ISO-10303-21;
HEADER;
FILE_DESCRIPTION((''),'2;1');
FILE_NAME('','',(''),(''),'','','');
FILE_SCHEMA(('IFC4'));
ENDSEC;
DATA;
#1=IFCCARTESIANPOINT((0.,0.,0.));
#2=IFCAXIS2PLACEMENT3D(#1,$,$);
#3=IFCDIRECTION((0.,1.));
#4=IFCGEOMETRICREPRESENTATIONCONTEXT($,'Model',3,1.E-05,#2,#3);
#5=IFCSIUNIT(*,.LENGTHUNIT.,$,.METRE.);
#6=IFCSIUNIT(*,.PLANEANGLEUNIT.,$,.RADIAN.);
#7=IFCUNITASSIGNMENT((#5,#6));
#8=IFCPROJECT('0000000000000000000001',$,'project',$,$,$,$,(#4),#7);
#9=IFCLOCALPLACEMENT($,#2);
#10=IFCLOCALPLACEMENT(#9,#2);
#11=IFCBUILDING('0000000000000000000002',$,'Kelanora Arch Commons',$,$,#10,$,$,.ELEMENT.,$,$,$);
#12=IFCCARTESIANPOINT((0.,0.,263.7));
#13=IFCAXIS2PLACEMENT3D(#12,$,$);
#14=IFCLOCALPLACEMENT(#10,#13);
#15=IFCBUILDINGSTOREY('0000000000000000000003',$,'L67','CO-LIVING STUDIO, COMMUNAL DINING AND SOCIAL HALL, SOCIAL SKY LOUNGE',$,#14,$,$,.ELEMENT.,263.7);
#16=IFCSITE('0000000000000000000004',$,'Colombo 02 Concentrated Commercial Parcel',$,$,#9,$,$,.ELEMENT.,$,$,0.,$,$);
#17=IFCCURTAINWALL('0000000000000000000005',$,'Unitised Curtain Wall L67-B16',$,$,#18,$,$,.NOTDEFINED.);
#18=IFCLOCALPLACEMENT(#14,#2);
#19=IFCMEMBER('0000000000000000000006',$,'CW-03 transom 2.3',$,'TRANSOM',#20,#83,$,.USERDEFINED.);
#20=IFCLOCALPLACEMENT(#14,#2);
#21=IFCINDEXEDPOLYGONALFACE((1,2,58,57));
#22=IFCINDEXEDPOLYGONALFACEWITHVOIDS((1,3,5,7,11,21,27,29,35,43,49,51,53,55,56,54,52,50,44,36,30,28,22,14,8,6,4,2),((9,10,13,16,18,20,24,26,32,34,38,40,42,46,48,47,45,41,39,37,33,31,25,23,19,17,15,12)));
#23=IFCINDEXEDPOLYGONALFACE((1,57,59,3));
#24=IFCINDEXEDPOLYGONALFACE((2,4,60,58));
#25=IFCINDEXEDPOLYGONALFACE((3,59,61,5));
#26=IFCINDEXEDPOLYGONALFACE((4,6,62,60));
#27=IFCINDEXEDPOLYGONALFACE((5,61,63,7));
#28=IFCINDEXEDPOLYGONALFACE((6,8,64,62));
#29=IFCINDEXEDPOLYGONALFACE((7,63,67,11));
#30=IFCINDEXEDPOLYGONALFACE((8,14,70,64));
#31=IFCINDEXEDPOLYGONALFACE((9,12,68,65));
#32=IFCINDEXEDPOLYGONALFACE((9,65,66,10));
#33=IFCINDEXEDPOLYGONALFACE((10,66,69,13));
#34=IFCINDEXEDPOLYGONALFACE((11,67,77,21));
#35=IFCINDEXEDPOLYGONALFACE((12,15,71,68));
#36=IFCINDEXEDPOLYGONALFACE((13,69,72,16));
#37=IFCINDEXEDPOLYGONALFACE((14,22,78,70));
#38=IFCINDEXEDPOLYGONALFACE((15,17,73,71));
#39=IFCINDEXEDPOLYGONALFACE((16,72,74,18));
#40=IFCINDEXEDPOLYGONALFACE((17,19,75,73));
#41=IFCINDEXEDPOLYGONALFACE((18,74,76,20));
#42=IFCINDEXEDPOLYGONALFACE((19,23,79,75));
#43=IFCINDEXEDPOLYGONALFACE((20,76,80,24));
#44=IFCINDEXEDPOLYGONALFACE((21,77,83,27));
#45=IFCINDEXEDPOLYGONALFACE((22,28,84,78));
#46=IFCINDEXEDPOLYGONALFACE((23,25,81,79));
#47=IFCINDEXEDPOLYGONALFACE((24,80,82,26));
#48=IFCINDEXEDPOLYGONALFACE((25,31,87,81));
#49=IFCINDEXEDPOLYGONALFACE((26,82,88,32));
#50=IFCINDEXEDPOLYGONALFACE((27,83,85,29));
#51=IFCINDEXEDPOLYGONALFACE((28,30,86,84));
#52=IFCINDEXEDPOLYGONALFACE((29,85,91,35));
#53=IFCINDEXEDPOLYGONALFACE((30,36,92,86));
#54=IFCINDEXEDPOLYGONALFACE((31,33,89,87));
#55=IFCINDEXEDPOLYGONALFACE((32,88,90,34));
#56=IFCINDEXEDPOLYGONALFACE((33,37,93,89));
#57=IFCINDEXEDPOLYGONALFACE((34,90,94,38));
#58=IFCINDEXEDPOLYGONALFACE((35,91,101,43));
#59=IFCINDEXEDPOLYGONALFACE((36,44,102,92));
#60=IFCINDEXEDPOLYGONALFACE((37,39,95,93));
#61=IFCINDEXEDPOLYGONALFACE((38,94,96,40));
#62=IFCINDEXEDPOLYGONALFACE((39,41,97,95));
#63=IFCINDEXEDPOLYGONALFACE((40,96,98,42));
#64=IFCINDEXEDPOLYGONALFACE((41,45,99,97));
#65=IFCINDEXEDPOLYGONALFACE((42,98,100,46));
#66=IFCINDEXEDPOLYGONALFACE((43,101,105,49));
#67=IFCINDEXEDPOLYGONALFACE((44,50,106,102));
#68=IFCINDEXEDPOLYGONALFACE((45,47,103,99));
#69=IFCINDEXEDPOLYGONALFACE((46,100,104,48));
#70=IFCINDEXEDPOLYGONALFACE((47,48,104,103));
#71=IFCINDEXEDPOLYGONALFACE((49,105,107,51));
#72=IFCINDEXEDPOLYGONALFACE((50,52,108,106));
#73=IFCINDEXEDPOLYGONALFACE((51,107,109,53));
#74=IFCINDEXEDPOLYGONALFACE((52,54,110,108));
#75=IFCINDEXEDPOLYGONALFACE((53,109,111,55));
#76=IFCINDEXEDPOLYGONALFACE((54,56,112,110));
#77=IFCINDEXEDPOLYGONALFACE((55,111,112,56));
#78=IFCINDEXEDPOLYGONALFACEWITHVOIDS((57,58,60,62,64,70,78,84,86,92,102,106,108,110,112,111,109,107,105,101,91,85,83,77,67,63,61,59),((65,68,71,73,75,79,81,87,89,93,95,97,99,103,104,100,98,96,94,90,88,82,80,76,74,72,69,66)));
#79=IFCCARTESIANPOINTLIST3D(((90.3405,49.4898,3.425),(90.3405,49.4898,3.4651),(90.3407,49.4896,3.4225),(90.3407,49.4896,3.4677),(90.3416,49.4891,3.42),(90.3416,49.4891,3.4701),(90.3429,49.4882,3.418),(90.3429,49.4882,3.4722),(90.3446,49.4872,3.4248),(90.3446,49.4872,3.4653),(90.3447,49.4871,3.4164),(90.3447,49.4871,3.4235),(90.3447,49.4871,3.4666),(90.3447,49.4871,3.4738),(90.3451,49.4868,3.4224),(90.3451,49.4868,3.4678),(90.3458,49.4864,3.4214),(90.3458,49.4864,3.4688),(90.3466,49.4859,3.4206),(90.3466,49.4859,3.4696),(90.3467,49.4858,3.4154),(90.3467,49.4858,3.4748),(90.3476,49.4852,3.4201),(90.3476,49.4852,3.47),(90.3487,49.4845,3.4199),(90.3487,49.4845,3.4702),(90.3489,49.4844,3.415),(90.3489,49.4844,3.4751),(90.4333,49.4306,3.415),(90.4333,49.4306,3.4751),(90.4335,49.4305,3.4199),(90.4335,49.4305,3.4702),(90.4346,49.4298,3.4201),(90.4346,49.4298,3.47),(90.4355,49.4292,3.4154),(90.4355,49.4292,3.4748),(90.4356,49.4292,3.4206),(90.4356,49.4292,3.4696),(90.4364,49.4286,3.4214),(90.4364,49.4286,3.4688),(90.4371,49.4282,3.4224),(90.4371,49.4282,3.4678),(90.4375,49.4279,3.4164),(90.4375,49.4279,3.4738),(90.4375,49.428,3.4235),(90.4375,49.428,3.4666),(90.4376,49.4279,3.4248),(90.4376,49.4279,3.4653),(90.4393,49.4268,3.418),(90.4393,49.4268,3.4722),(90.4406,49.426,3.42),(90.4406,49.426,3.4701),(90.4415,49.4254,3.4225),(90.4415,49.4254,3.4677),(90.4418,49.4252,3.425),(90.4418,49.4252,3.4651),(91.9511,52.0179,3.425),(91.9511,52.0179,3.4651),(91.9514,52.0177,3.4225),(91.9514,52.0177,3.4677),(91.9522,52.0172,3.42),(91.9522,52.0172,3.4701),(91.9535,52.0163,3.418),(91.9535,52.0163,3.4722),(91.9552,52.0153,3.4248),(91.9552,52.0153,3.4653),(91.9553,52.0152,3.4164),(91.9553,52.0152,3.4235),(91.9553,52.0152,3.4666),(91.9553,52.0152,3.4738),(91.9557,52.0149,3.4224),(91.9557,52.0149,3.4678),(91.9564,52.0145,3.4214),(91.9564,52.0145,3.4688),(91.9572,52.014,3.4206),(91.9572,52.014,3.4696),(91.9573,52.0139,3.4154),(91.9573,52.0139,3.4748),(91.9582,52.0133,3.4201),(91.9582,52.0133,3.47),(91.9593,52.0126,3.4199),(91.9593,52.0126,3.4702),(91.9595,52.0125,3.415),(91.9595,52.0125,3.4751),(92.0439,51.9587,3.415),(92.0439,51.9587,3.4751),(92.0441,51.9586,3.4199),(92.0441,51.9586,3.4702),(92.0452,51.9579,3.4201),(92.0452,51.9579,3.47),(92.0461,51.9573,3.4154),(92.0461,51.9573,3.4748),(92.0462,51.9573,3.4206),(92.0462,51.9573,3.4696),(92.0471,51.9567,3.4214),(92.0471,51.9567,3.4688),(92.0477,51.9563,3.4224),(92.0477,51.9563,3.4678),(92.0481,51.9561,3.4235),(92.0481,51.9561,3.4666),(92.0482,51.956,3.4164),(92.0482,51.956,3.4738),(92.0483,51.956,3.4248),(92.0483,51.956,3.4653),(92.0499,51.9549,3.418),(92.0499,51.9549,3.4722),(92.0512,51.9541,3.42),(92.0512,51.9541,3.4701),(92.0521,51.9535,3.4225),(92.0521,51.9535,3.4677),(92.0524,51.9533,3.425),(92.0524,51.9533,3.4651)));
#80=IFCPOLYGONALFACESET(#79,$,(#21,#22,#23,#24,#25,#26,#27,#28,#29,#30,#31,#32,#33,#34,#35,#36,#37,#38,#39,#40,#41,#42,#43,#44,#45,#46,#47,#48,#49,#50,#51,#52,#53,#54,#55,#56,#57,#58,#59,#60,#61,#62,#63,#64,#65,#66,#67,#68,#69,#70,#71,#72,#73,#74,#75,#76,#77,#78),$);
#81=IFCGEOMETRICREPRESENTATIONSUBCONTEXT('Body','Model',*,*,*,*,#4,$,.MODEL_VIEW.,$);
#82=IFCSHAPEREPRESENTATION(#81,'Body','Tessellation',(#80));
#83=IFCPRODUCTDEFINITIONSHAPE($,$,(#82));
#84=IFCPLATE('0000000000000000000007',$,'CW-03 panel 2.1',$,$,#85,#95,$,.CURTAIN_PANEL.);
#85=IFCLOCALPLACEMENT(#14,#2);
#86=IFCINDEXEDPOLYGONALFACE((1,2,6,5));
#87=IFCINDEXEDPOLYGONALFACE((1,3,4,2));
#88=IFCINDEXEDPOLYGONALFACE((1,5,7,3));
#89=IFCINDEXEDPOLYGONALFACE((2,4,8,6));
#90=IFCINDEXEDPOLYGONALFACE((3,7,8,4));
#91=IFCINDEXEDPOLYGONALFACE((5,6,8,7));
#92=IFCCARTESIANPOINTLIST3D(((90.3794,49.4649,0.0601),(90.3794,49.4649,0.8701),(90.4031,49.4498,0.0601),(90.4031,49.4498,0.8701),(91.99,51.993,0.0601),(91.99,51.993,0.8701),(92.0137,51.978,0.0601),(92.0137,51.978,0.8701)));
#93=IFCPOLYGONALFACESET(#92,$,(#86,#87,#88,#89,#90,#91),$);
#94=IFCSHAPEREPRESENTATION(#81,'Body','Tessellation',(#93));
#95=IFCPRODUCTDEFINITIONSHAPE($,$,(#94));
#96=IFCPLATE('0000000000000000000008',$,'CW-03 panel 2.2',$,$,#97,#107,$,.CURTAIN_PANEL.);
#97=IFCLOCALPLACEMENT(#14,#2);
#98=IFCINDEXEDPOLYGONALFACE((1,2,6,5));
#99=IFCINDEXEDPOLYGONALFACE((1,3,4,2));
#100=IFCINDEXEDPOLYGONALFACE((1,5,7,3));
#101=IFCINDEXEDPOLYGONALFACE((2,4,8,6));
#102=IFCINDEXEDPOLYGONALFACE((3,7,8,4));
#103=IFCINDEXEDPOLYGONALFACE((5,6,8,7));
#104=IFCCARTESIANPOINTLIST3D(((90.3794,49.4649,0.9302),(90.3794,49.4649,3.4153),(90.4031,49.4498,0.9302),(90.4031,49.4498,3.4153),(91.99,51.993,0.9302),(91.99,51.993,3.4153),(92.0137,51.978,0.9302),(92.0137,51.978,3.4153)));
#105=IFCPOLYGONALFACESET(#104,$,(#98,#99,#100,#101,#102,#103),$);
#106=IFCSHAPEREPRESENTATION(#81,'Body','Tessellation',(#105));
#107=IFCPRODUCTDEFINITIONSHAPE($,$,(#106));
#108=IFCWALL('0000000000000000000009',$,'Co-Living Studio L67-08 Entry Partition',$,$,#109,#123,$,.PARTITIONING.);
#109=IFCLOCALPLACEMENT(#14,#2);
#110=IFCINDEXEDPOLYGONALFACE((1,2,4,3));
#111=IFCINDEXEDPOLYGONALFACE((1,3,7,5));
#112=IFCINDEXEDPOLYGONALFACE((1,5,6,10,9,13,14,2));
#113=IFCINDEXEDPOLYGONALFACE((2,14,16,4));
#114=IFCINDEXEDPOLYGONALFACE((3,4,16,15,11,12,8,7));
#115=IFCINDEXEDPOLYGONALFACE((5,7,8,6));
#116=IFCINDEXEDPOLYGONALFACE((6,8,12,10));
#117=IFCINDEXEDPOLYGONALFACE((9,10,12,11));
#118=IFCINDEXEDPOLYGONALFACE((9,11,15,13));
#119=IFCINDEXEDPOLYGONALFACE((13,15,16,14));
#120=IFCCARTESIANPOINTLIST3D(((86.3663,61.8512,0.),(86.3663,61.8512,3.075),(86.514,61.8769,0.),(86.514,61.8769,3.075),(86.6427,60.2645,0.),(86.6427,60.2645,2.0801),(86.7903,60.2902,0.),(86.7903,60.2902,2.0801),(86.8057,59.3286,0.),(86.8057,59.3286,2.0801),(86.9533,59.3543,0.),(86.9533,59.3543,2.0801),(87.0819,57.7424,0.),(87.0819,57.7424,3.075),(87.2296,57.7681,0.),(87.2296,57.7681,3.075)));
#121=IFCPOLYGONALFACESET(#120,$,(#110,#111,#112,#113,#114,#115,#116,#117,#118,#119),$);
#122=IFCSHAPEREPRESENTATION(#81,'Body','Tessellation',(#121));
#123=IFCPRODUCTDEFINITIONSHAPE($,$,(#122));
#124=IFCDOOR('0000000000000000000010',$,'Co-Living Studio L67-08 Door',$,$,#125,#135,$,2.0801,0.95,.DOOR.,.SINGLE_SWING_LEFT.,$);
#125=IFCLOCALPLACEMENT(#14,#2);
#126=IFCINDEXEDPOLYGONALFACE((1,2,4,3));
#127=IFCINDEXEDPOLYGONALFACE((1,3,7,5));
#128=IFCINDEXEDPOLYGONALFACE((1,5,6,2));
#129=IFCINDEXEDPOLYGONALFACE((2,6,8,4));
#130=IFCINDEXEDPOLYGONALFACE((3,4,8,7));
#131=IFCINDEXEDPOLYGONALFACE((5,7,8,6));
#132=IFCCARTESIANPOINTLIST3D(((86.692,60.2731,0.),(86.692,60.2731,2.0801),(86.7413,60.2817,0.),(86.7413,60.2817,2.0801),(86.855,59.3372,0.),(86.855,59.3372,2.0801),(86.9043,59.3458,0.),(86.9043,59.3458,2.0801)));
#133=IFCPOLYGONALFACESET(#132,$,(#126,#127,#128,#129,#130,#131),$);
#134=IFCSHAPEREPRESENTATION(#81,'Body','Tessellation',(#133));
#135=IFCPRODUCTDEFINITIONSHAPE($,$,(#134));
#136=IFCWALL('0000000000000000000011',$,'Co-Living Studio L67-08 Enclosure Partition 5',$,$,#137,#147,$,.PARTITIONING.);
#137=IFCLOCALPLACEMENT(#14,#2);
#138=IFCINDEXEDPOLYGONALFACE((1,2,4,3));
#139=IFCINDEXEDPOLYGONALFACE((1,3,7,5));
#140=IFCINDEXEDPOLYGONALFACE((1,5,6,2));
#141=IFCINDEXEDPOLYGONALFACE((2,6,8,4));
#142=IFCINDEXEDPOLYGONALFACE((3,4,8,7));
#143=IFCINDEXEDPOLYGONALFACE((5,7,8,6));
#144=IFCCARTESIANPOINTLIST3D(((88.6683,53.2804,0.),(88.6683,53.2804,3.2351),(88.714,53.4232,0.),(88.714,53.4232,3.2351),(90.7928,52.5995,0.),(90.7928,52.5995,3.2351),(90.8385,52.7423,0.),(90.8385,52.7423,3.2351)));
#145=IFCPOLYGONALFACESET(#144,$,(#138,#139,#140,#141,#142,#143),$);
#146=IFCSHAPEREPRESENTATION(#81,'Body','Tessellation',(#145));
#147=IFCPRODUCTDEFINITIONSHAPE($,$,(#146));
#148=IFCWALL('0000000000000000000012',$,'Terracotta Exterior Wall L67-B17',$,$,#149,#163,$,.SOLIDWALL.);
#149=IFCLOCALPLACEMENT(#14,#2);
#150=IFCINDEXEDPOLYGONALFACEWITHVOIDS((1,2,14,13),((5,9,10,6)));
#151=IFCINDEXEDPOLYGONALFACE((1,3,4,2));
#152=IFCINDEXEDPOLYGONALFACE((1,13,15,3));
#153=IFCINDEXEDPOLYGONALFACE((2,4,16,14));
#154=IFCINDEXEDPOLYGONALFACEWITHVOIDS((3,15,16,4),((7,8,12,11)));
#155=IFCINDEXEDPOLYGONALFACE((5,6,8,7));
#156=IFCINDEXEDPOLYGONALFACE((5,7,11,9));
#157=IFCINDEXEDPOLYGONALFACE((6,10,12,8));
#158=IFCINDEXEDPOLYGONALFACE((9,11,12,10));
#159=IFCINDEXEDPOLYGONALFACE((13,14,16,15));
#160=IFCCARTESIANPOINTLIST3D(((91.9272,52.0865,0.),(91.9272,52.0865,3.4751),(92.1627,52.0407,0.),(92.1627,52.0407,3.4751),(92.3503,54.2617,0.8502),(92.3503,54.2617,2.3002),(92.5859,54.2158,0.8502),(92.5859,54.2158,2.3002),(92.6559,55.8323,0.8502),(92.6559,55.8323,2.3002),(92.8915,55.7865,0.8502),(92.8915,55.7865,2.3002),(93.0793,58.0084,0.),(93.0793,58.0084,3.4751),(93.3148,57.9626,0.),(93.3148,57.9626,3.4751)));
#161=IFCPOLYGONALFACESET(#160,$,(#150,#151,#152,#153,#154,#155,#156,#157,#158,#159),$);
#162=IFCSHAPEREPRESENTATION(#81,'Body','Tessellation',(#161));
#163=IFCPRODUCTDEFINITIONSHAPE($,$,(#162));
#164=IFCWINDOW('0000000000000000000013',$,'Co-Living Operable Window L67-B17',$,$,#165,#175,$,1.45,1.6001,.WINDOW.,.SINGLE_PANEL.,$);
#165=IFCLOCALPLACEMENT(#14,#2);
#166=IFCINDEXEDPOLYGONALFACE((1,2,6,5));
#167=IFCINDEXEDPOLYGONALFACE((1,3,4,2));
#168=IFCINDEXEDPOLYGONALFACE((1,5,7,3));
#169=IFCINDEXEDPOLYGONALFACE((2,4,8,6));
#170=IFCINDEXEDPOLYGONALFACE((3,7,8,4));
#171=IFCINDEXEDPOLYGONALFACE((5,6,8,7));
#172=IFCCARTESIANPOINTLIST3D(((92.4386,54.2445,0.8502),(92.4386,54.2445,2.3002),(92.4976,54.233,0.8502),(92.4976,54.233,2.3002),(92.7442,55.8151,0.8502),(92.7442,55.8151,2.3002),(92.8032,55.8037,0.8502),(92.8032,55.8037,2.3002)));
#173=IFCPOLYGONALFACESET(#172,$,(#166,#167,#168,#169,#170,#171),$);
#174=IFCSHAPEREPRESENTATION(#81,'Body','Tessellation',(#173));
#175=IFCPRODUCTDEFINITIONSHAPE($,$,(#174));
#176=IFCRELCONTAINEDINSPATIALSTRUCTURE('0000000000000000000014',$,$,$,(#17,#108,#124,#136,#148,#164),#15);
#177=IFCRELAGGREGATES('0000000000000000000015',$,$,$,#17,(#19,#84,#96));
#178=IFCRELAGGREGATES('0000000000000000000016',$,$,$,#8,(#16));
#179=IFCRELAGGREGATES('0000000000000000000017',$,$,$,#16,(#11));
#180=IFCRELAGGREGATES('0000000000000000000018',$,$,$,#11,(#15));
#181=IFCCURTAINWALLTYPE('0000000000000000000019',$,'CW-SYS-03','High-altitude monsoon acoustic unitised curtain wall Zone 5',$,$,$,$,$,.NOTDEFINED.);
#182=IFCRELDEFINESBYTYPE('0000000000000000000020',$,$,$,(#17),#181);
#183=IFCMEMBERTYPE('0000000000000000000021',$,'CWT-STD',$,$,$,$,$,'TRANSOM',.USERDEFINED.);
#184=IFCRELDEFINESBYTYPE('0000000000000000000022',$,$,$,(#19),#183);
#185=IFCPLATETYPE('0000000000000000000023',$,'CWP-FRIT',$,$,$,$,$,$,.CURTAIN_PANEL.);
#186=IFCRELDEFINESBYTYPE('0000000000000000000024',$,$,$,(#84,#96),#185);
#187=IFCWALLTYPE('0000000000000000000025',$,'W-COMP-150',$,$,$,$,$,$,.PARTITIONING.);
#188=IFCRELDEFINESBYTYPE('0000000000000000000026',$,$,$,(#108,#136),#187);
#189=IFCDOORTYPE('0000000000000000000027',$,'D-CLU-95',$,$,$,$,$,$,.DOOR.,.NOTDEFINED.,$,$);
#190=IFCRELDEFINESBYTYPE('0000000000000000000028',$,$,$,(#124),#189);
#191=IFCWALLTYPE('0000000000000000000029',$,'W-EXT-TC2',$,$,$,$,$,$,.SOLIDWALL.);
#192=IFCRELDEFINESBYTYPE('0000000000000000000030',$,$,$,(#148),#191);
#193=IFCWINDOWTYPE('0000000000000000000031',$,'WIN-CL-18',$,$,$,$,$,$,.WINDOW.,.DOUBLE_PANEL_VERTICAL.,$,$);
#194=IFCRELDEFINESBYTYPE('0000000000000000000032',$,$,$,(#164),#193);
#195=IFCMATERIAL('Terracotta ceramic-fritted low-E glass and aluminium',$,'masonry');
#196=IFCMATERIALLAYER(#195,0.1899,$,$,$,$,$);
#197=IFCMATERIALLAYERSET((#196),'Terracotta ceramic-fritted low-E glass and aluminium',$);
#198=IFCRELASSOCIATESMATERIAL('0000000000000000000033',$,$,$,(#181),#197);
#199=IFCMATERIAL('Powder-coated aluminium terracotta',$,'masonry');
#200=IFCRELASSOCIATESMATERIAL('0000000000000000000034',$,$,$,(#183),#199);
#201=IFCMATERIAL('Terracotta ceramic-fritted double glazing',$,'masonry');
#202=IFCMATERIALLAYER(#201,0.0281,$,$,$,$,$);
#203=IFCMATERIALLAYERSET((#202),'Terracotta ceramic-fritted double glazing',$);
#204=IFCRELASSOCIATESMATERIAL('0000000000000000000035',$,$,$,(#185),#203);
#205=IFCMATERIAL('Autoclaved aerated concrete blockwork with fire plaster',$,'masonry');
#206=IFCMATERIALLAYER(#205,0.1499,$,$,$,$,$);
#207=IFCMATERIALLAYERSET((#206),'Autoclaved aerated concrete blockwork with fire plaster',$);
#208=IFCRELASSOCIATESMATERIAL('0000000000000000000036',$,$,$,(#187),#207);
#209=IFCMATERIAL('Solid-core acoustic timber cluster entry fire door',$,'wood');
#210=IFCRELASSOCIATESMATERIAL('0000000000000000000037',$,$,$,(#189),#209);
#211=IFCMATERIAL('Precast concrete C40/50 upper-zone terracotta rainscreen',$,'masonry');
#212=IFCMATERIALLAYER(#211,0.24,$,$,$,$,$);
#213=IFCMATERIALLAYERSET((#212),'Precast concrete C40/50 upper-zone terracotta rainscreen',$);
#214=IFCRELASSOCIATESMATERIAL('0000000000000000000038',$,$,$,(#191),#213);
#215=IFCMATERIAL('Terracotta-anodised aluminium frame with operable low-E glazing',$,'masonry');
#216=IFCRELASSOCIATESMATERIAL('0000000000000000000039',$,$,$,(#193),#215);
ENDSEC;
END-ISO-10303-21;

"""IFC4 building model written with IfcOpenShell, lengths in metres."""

from ifc_helpers import new_model, si_unit, direction, frame, frame_2d, origin, origin_2d, place, context, subcontext, project, spatial, rectangle, hollow_rectangle, extrude, source, transform, mapped, material, layer, layer_set, material_profile, profile_set, type_object, element, fill, aggregate, save


model = new_model("IFC4")

# Units and contexts
model_context = context("Model", 3, precision=1e-05, world=origin(), true_north=direction((0.0, 1.0)))
body_context = subcontext(model_context, "Body", "Model", "MODEL_VIEW")
ifc_project = project(units=[si_unit("LENGTHUNIT", "METRE"), si_unit("PLANEANGLEUNIT", "RADIAN")], contexts=[model_context])

# Site, building, storey
site_placement = place(None, origin())
site = spatial("IfcSite", under=ifc_project, at=site_placement, Name="Colombo 02 Concentrated Commercial Parcel", CompositionType="ELEMENT", RefElevation=0.0)
building_placement = place(site_placement, origin())
building = spatial("IfcBuilding", under=site, at=building_placement, Name="Kelanora Arch Commons", CompositionType="ELEMENT")
storey_placement = place(building_placement, frame((0.0, 0.0, 263.7)))
storey = spatial("IfcBuildingStorey", under=building, at=storey_placement, Name="L67", Description="CO-LIVING STUDIO, COMMUNAL DINING AND SOCIAL HALL, SOCIAL SKY LOUNGE", CompositionType="ELEMENT", Elevation=263.7)

# Curtain wall, member, plates
ifc_material_1 = material(Name="Terracotta ceramic-fritted low-E glass and aluminium", Category="masonry")
ifc_layer_1 = layer(ifc_material_1, 0.1899)
ifc_layer_set_1 = layer_set([ifc_layer_1], Name="Terracotta ceramic-fritted low-E glass and aluminium")
curtain_wall_type = type_object("IfcCurtainWallType", Name="CW-SYS-03", Description="High-altitude monsoon acoustic unitised curtain wall Zone 5", PredefinedType="NOTDEFINED", material=ifc_layer_set_1)
curtain_wall_placement = place(storey_placement, origin())
curtain_wall = element("IfcCurtainWall", 1, at=curtain_wall_placement, inside=storey, type_object=curtain_wall_type, Name="Unitised Curtain Wall L67-B16", PredefinedType="NOTDEFINED")
ifc_material_2 = material(Name="Powder-coated aluminium terracotta", Category="masonry")
ifc_material_profile_1 = material_profile(ifc_material_2, hollow_rectangle(XDim=0.1201, YDim=0.0601, WallThickness=0.0049, InnerFilletRadius=0.0049, OuterFilletRadius=0.01, at=origin_2d()), Name="CWT120x60")
ifc_profile_set_1 = profile_set([ifc_material_profile_1], Name="Powder-coated aluminium terracotta")
member_type_1 = type_object("IfcMemberType", Name="CWT-STD", ElementType="TRANSOM", PredefinedType="USERDEFINED", material=ifc_profile_set_1)
member_1_placement = place(storey_placement, frame((90.3911, 49.4575, 3.4451), z_axis=(0.537308, 0.843386, 0.0), x_axis=(-0.843386, 0.537308, 0.0)))
member_1 = element("IfcMember", 2, at=member_1_placement, type_object=member_type_1, Name="CW-03 transom 2.3", ObjectType="TRANSOM", PredefinedType="USERDEFINED", context=body_context, shape_type="SweptSolid", body=[
    extrude(hollow_rectangle(XDim=0.1201, YDim=0.0601, WallThickness=0.0049, InnerFilletRadius=0.0049, OuterFilletRadius=0.01, at=origin_2d()), origin(), (0.0, 0.0, 1.0), 2.9976),
])
ifc_material_3 = material(Name="Terracotta ceramic-fritted double glazing", Category="masonry")
ifc_layer_2 = layer(ifc_material_3, 0.0281)
ifc_layer_set_2 = layer_set([ifc_layer_2], Name="Terracotta ceramic-fritted double glazing")
plate_type = type_object("IfcPlateType", Name="CWP-FRIT", PredefinedType="CURTAIN_PANEL", material=ifc_layer_set_2)
shared_shape_1 = source(origin(), body_context, "Body", "SweptSolid", [
    extrude(rectangle(XDim=2.9976, YDim=0.0281, at=origin_2d()), origin(), (0.0, 0.0, 1.0), 0.8101),
])
plate_1_placement = place(storey_placement, frame((91.1965, 50.7214, 0.0601), z_axis=(0.0, 0.0, 1.0), x_axis=(0.5373, 0.843391, 0.0)))
plate_1 = element("IfcPlate", 3, at=plate_1_placement, type_object=plate_type, Name="CW-03 panel 2.1", PredefinedType="CURTAIN_PANEL", context=body_context, shape_type="MappedRepresentation", body=[
    mapped(shared_shape_1, transform((0.0, 0.0, 0.0), scale=1.0)),
])
shared_shape_2 = source(origin(), body_context, "Body", "SweptSolid", [
    extrude(rectangle(XDim=2.9976, YDim=0.0281, at=origin_2d()), origin(), (0.0, 0.0, 1.0), 2.4851),
])
plate_2_placement = place(storey_placement, frame((91.1965, 50.7214, 0.9302), z_axis=(0.0, 0.0, 1.0), x_axis=(0.5373, 0.843391, 0.0)))
plate_2 = element("IfcPlate", 4, at=plate_2_placement, type_object=plate_type, Name="CW-03 panel 2.2", PredefinedType="CURTAIN_PANEL", context=body_context, shape_type="MappedRepresentation", body=[
    mapped(shared_shape_2, transform((0.0, 0.0, 0.0), scale=1.0)),
])
aggregate(curtain_wall, [member_1, plate_1, plate_2])

# Wall, opening, door
ifc_material_4 = material(Name="Autoclaved aerated concrete blockwork with fire plaster", Category="masonry")
ifc_layer_3 = layer(ifc_material_4, 0.1499)
ifc_layer_set_3 = layer_set([ifc_layer_3], Name="Autoclaved aerated concrete blockwork with fire plaster")
wall_type_1 = type_object("IfcWallType", Name="W-COMP-150", PredefinedType="PARTITIONING", material=ifc_layer_set_3)
wall_1_placement = place(storey_placement, frame((87.1558, 57.7551, 0.0), z_axis=(0.0, 0.0, 1.0), x_axis=(-0.171571, 0.985172, 0.0)))
wall_1 = element("IfcWall", 5, at=wall_1_placement, inside=storey, type_object=wall_type_1, Name="Co-Living Studio L67-08 Entry Partition", PredefinedType="PARTITIONING", context=body_context, shape_type="SweptSolid", body=[
    extrude(rectangle(XDim=4.1707, YDim=0.1499, at=frame_2d((2.0854, 0.0))), origin(), (0.0, 0.0, 1.0), 3.075),
])
opening_1_placement = place(wall_1_placement, frame((1.6101, 0.0, 0.0)))
opening_1 = element("IfcOpeningElement", 6, at=opening_1_placement, cuts=wall_1, PredefinedType="OPENING", context=body_context, shape_type="SweptSolid", body=[
    extrude(rectangle(XDim=0.95, YDim=2.0801, at=frame_2d((0.4751, 1.04))), frame((0.0, 0.085, 0.0), z_axis=(0.0, -1.0, 0.0), x_axis=(1.0, 0.0, 0.0)), (0.0, 0.0, 1.0), 0.1699),
])
ifc_material_5 = material(Name="Solid-core acoustic timber cluster entry fire door", Category="wood")
door_type_1 = type_object("IfcDoorType", Name="D-CLU-95", OperationType="NOTDEFINED", PredefinedType="DOOR", material=ifc_material_5)
door_1_placement = place(opening_1_placement, origin())
door_1 = element("IfcDoor", 7, at=door_1_placement, inside=storey, type_object=door_type_1, Name="Co-Living Studio L67-08 Door", OperationType="SINGLE_SWING_LEFT", OverallHeight=2.0801, OverallWidth=0.95, PredefinedType="DOOR", context=body_context, shape_type="SweptSolid", body=[
    extrude(rectangle(XDim=0.95, YDim=2.0801, at=frame_2d((0.4751, 1.04))), frame((0.0, 0.0249, 0.0), z_axis=(0.0, -1.0, 0.0), x_axis=(1.0, 0.0, 0.0)), (0.0, 0.0, 1.0), 0.05),
])
fill(opening_1, door_1)

# Wall
wall_2_placement = place(storey_placement, frame((90.8157, 52.6709, 0.0), z_axis=(0.0, 0.0, 1.0), x_axis=(-0.952286, 0.305209, 0.0)))
element("IfcWall", 8, at=wall_2_placement, inside=storey, type_object=wall_type_1, Name="Co-Living Studio L67-08 Enclosure Partition 5", PredefinedType="PARTITIONING", context=body_context, shape_type="SweptSolid", body=[
    extrude(rectangle(XDim=2.231, YDim=0.1499, at=frame_2d((1.1155, 0.0))), origin(), (0.0, 0.0, 1.0), 3.2351),
])

# Wall, opening, window
ifc_material_6 = material(Name="Precast concrete C40/50 upper-zone terracotta rainscreen", Category="masonry")
ifc_layer_4 = layer(ifc_material_6, 0.24)
ifc_layer_set_4 = layer_set([ifc_layer_4], Name="Precast concrete C40/50 upper-zone terracotta rainscreen")
wall_type_2 = type_object("IfcWallType", Name="W-EXT-TC2", PredefinedType="SOLIDWALL", material=ifc_layer_set_4)
wall_3_placement = place(storey_placement, frame((92.0449, 52.0635, 0.0), z_axis=(0.0, 0.0, 1.0), x_axis=(0.190969, 0.981596, 0.0)))
wall_3 = element("IfcWall", 9, at=wall_3_placement, inside=storey, type_object=wall_type_2, Name="Terracotta Exterior Wall L67-B17", PredefinedType="SOLIDWALL", context=body_context, shape_type="SweptSolid", body=[
    extrude(rectangle(XDim=6.033, YDim=0.24, at=frame_2d((3.0166, 0.0))), origin(), (0.0, 0.0, 1.0), 3.4751),
])
opening_2_placement = place(wall_3_placement, frame((2.2161, 0.0, 0.8501)))
opening_2 = element("IfcOpeningElement", 10, at=opening_2_placement, cuts=wall_3, PredefinedType="OPENING", context=body_context, shape_type="SweptSolid", body=[
    extrude(rectangle(XDim=1.6001, YDim=1.45, at=frame_2d((0.8, 0.7251))), frame((0.0, 0.1299, 0.0), z_axis=(0.0, -1.0, 0.0), x_axis=(1.0, 0.0, 0.0)), (0.0, 0.0, 1.0), 0.26),
])
ifc_material_7 = material(Name="Terracotta-anodised aluminium frame with operable low-E glazing", Category="masonry")
window_type = type_object("IfcWindowType", Name="WIN-CL-18", PartitioningType="DOUBLE_PANEL_VERTICAL", PredefinedType="WINDOW", material=ifc_material_7)
window_placement = place(opening_2_placement, origin())
window = element("IfcWindow", 11, at=window_placement, inside=storey, type_object=window_type, Name="Co-Living Operable Window L67-B17", OverallHeight=1.45, OverallWidth=1.6001, PartitioningType="SINGLE_PANEL", PredefinedType="WINDOW", context=body_context, shape_type="SweptSolid", body=[
    extrude(rectangle(XDim=1.6001, YDim=1.45, at=frame_2d((0.8, 0.7251))), frame((0.0, 0.03, 0.0), z_axis=(0.0, -1.0, 0.0), x_axis=(1.0, 0.0, 0.0)), (0.0, 0.0, 1.0), 0.0601),
])
fill(opening_2, window)

save(model, "model.ifc")
